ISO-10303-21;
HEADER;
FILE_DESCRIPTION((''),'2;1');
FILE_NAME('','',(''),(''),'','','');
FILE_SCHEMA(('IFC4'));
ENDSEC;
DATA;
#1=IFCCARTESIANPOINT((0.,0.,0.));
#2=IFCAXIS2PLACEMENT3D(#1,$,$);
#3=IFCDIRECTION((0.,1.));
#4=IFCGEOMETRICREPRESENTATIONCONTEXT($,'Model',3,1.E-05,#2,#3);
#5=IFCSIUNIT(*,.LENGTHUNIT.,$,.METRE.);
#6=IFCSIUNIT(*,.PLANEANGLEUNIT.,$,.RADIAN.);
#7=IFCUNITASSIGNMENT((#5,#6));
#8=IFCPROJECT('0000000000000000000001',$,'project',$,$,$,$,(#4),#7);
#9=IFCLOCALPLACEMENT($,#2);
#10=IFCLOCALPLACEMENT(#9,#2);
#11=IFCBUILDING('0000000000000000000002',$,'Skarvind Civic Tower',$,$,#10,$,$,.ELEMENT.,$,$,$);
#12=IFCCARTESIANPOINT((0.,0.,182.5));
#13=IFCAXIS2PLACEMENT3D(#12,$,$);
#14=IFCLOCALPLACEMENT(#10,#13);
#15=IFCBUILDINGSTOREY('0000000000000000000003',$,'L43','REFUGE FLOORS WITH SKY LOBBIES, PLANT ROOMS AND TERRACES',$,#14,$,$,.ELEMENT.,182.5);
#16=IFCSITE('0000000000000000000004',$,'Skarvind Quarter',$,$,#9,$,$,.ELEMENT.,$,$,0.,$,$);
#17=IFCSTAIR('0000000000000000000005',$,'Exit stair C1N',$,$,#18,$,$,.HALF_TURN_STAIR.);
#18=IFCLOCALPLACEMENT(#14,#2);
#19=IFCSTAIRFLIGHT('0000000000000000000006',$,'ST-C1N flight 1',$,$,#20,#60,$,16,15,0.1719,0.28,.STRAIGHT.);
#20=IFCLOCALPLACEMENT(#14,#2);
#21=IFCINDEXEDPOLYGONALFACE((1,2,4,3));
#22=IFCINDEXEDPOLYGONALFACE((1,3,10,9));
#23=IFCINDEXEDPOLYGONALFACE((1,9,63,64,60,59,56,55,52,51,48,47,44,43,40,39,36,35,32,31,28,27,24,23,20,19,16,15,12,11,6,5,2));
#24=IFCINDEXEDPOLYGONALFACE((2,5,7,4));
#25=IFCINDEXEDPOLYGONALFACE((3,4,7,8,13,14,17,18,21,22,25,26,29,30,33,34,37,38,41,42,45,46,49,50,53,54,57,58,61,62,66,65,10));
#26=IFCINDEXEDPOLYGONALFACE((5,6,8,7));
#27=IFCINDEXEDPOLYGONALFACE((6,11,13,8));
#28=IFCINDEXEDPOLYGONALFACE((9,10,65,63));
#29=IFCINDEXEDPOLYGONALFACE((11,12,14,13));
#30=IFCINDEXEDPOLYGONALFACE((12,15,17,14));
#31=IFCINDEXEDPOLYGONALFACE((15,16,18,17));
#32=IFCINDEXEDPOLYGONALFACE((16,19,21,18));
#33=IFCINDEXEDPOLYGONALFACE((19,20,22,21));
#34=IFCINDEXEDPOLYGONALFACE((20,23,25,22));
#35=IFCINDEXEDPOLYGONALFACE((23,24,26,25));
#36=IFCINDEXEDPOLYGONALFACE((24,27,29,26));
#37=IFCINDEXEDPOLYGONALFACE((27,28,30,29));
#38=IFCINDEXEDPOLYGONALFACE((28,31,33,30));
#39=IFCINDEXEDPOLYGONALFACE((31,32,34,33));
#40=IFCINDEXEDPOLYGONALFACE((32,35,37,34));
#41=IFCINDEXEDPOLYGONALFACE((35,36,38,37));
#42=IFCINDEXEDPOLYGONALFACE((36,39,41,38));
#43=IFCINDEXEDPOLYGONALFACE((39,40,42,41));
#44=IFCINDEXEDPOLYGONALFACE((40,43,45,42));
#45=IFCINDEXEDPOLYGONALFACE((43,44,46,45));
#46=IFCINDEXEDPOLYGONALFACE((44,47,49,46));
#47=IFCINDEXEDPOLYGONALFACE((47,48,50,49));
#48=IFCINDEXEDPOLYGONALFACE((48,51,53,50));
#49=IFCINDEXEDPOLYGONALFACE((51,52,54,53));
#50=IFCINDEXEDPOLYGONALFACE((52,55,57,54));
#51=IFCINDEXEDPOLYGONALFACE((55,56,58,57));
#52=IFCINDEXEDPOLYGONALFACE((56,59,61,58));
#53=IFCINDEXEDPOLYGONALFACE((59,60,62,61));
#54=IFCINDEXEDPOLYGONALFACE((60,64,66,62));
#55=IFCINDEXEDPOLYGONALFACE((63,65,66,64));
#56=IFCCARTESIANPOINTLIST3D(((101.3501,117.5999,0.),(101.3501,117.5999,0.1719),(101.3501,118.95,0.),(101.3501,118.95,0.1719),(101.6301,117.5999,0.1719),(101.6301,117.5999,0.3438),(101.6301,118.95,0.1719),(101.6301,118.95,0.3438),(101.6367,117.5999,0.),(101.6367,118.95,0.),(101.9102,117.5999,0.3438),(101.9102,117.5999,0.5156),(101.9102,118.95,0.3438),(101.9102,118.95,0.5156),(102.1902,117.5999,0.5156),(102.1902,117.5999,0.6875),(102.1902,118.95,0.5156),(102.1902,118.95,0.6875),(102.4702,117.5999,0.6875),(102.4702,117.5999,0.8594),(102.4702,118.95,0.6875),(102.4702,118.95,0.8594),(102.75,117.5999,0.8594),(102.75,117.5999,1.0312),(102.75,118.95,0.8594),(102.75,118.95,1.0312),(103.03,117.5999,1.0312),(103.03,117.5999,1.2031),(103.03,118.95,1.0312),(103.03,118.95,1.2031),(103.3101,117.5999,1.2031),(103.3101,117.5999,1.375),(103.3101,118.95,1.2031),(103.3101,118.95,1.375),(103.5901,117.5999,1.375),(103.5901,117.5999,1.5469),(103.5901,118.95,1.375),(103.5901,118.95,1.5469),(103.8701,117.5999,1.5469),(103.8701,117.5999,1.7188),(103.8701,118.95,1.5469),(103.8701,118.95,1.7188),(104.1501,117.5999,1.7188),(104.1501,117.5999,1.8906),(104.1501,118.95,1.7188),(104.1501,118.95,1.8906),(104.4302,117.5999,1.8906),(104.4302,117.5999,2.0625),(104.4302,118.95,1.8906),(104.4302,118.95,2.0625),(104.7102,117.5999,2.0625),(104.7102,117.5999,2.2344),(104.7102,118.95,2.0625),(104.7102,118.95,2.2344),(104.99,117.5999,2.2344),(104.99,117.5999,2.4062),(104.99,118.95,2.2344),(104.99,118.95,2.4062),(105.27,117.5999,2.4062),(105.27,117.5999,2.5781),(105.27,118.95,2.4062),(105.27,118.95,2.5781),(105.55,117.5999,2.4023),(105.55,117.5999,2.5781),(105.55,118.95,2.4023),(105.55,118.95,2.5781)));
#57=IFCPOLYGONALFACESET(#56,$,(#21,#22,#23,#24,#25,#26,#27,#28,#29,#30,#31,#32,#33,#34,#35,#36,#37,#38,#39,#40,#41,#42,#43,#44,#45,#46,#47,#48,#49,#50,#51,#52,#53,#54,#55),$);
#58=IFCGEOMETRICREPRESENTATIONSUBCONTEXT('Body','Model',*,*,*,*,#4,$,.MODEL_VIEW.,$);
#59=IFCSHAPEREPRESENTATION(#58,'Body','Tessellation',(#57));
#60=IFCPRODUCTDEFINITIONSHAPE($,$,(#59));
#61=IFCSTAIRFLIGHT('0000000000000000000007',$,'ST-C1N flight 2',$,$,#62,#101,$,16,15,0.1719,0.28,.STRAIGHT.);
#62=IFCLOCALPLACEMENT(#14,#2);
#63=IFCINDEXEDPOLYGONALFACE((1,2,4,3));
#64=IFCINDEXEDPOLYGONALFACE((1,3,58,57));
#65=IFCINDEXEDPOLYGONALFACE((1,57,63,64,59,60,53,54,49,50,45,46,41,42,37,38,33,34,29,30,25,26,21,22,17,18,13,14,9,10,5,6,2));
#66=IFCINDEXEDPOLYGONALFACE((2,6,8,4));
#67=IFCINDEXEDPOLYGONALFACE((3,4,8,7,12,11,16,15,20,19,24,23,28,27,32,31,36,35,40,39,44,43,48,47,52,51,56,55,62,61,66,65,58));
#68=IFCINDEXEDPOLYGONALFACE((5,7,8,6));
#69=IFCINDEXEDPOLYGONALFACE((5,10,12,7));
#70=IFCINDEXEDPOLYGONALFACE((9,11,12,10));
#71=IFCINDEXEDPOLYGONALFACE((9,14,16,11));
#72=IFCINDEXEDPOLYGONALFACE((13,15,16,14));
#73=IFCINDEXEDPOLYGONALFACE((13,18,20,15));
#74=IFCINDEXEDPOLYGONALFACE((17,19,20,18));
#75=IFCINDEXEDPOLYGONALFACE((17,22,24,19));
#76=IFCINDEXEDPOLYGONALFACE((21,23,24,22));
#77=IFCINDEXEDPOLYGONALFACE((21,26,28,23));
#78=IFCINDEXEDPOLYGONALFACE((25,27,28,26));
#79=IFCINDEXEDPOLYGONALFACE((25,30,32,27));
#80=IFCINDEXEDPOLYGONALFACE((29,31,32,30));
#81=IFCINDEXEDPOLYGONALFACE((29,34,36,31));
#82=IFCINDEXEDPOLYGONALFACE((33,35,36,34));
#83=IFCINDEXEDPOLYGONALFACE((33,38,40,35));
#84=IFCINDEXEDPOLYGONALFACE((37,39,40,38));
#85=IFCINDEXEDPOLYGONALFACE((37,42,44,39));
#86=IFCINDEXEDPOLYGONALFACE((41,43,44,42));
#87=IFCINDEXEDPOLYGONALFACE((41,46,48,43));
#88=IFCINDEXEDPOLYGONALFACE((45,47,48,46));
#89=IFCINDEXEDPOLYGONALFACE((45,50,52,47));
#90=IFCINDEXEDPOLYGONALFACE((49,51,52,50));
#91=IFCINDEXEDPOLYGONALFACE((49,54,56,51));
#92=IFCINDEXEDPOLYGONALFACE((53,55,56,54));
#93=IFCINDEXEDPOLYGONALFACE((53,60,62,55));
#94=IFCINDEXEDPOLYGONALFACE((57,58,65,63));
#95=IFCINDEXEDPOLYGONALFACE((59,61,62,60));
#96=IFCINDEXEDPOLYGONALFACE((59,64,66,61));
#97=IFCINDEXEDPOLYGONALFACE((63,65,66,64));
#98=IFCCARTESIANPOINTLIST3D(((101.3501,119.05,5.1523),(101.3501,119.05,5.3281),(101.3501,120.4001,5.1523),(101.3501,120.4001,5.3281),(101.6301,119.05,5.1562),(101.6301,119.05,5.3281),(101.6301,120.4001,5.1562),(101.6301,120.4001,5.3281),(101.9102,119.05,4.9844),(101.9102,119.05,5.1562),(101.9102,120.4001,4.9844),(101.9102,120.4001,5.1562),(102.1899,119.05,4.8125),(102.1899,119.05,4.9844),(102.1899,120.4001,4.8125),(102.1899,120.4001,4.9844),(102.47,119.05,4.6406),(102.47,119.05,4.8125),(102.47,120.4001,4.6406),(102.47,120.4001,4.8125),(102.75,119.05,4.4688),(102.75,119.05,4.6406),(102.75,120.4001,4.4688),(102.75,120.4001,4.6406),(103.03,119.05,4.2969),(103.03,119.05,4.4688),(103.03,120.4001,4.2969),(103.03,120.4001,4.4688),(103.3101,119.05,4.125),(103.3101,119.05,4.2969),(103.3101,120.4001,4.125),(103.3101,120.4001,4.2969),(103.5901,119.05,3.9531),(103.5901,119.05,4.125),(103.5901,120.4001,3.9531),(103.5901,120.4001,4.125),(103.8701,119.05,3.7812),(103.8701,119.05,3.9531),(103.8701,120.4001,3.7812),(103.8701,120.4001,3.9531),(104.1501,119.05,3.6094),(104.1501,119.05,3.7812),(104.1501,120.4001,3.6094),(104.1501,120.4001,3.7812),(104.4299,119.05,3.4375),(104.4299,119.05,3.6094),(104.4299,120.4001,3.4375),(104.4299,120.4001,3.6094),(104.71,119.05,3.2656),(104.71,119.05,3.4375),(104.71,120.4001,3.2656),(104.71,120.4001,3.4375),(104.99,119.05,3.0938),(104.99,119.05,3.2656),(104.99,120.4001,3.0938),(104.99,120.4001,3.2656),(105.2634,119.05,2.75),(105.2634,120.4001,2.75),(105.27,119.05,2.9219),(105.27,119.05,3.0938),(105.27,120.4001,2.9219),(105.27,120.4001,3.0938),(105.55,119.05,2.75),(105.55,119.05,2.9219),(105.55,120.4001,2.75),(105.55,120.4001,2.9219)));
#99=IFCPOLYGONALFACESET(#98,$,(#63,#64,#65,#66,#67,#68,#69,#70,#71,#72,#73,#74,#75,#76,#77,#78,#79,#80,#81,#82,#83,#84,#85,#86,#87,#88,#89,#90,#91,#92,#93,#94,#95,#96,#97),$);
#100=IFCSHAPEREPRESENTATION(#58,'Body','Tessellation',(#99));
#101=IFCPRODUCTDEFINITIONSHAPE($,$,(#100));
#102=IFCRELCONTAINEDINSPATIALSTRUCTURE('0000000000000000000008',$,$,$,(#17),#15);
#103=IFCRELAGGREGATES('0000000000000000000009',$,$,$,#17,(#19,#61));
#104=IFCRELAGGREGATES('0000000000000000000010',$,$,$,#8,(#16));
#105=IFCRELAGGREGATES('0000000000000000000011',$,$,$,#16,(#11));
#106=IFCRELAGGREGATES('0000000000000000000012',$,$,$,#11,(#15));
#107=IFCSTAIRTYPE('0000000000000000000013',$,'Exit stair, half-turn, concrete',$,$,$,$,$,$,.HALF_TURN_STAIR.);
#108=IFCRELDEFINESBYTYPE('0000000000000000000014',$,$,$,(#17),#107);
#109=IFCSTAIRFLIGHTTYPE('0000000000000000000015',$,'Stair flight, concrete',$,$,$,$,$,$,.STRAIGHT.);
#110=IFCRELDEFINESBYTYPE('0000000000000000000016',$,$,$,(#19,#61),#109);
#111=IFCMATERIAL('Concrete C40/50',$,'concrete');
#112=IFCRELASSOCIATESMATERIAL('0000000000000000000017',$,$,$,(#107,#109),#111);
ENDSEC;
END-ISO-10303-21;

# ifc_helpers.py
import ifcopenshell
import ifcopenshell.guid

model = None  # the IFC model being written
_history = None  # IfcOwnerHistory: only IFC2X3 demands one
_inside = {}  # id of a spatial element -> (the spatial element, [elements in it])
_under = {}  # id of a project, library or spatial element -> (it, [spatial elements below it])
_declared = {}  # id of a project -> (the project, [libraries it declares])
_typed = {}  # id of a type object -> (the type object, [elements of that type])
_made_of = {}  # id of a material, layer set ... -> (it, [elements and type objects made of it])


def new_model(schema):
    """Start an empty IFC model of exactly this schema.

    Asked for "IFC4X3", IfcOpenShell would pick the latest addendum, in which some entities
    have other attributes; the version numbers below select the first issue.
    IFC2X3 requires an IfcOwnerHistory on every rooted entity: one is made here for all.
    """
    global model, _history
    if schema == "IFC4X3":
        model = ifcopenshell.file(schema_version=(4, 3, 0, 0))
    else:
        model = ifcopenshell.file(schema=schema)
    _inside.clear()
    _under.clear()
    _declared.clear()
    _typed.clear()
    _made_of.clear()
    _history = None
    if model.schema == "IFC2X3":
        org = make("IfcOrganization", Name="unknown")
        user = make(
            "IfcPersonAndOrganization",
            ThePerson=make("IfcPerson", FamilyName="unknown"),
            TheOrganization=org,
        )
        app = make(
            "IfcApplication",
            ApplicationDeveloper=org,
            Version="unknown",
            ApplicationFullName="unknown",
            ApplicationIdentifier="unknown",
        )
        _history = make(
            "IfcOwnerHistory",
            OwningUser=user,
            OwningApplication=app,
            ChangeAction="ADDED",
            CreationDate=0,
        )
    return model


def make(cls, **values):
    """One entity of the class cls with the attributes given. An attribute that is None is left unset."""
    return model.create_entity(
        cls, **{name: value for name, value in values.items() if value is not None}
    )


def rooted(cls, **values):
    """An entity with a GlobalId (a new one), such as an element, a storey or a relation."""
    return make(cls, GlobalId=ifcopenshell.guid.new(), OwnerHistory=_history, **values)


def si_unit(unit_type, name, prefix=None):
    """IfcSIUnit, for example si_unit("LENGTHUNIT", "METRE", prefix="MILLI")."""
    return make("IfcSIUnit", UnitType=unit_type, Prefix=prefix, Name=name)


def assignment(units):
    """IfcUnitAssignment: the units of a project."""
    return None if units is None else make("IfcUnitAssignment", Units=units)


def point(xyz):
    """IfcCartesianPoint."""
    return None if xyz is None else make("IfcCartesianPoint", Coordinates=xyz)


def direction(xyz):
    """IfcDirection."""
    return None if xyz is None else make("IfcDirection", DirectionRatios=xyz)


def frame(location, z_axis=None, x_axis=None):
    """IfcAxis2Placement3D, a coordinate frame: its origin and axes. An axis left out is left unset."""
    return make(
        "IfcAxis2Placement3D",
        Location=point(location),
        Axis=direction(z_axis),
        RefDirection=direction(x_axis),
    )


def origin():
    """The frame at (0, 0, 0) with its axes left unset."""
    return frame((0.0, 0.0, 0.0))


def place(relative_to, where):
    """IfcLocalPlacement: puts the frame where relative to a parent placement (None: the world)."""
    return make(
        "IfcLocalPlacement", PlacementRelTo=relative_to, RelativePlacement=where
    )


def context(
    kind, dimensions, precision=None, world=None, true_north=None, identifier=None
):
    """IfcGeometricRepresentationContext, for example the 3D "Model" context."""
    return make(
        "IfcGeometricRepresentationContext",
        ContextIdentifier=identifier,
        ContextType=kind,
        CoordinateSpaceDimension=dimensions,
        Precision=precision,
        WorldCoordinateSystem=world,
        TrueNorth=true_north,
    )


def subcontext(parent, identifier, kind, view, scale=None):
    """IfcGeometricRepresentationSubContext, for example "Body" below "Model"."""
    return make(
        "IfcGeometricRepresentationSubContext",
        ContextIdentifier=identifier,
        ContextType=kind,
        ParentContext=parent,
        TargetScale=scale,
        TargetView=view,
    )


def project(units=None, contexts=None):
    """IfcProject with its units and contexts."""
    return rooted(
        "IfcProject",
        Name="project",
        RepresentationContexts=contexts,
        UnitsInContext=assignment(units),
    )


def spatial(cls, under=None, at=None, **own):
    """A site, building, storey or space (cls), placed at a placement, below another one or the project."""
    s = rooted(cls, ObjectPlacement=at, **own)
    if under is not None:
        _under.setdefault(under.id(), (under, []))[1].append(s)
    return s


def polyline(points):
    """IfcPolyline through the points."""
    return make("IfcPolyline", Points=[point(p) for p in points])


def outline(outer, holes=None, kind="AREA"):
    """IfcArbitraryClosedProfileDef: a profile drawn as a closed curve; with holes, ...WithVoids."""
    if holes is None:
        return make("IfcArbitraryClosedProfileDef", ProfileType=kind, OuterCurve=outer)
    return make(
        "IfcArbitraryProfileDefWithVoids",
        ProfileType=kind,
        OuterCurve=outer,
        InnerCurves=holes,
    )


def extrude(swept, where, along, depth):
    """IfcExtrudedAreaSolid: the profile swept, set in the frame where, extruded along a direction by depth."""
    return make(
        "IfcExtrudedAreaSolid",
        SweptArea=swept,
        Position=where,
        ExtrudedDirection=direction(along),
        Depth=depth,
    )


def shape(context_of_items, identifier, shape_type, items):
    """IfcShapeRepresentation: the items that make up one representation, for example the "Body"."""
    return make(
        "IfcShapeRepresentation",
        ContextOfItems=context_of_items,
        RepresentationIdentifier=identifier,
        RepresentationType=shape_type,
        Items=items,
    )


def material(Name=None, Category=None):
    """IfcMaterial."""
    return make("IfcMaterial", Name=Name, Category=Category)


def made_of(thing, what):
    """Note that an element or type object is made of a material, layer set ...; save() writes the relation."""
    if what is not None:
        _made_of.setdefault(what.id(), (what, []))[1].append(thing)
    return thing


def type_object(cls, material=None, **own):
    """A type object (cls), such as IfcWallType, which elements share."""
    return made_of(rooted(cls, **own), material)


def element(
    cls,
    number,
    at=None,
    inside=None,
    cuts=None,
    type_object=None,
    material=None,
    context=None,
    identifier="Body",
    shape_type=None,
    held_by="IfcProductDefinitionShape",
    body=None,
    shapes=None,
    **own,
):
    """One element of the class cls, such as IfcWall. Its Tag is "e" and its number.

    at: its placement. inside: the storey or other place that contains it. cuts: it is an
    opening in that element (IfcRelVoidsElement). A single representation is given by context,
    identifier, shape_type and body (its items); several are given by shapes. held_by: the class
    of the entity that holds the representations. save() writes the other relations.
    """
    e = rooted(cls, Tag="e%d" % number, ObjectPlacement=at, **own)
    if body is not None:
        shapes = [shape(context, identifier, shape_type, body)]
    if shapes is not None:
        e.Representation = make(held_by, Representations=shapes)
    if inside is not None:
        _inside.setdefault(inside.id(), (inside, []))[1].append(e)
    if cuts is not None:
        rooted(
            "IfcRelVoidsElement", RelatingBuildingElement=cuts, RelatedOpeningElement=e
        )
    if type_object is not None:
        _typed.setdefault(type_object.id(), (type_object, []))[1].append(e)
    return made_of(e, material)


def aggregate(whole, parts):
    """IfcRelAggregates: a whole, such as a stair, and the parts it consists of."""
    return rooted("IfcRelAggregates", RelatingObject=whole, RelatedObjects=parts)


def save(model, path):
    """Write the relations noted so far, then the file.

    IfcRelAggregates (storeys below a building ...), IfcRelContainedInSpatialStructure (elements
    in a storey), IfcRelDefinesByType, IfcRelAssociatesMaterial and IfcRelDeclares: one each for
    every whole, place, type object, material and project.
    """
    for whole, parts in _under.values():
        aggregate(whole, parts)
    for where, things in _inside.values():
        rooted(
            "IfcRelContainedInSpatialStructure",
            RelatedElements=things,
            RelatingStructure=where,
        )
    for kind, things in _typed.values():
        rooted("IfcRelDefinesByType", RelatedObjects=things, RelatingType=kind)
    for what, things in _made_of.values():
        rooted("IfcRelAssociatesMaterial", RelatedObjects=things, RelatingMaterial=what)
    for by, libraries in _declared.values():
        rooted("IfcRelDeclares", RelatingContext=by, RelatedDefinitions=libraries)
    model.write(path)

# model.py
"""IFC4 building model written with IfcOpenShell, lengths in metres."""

from ifc_helpers import new_model, si_unit, direction, frame, origin, place, context, subcontext, project, spatial, polyline, outline, extrude, material, type_object, element, aggregate, save


model = new_model("IFC4")

# Units and contexts
model_context = context("Model", 3, precision=1e-05, world=origin(), true_north=direction((0.0, 1.0)))
body_context = subcontext(model_context, "Body", "Model", "MODEL_VIEW")
ifc_project = project(units=[si_unit("LENGTHUNIT", "METRE"), si_unit("PLANEANGLEUNIT", "RADIAN")], contexts=[model_context])

# Site, building, storey
site_placement = place(None, origin())
site = spatial("IfcSite", under=ifc_project, at=site_placement, Name="Skarvind Quarter", CompositionType="ELEMENT", RefElevation=0.0)
building_placement = place(site_placement, origin())
building = spatial("IfcBuilding", under=site, at=building_placement, Name="Skarvind Civic Tower", CompositionType="ELEMENT")
storey_placement = place(building_placement, frame((0.0, 0.0, 182.5)))
storey = spatial("IfcBuildingStorey", under=building, at=storey_placement, Name="L43", Description="REFUGE FLOORS WITH SKY LOBBIES, PLANT ROOMS AND TERRACES", CompositionType="ELEMENT", Elevation=182.5)

# Stair, stair flights
ifc_material_1 = material(Name="Concrete C40/50", Category="concrete")
stair_type = type_object("IfcStairType", Name="Exit stair, half-turn, concrete", PredefinedType="HALF_TURN_STAIR", material=ifc_material_1)
stair_placement = place(storey_placement, origin())
stair = element("IfcStair", 1, at=stair_placement, inside=storey, type_object=stair_type, Name="Exit stair C1N", PredefinedType="HALF_TURN_STAIR")
stair_flight_type = type_object("IfcStairFlightType", Name="Stair flight, concrete", PredefinedType="STRAIGHT", material=ifc_material_1)
stair_flight_1_placement = place(storey_placement, frame((101.3501, 118.2749, 0.0), z_axis=(0.0, 0.0, 1.0), x_axis=(1.0, 0.0, 0.0)))
stair_flight_1 = element("IfcStairFlight", 2, at=stair_flight_1_placement, type_object=stair_flight_type, Name="ST-C1N flight 1", NumberOfRisers=16, NumberOfTreads=15, PredefinedType="STRAIGHT", RiserHeight=0.1719, TreadLength=0.28, context=body_context, shape_type="SweptSolid", body=[
    extrude(outline(polyline([(0.0, 0.0), (0.0, 0.1719), (0.28, 0.1719), (0.28, 0.3438), (0.5601, 0.3438), (0.5601, 0.5156), (0.8401, 0.5156), (0.8401, 0.6875), (1.1201, 0.6875), (1.1201, 0.8594), (1.3999, 0.8594), (1.3999, 1.0312), (1.6799, 1.0312), (1.6799, 1.2031), (1.96, 1.2031), (1.96, 1.375), (2.24, 1.375), (2.24, 1.5469), (2.52, 1.5469), (2.52, 1.7188), (2.8, 1.7188), (2.8, 1.8906), (3.0801, 1.8906), (3.0801, 2.0625), (3.3601, 2.0625), (3.3601, 2.2344), (3.6399, 2.2344), (3.6399, 2.4062), (3.9199, 2.4062), (3.9199, 2.5781), (4.2, 2.5781), (4.2, 2.75), (4.2, 2.4023), (0.2866, 0.0), (0.0, 0.0)])), frame((0.0, 0.675, 0.0), z_axis=(0.0, -1.0, 0.0), x_axis=(1.0, 0.0, 0.0)), (0.0, 0.0, 1.0), 1.3501),
])
stair_flight_2_placement = place(storey_placement, frame((105.55, 119.7251, 2.75), z_axis=(0.0, 0.0, 1.0), x_axis=(-1.0, 0.0, 0.0)))
stair_flight_2 = element("IfcStairFlight", 3, at=stair_flight_2_placement, type_object=stair_flight_type, Name="ST-C1N flight 2", NumberOfRisers=16, NumberOfTreads=15, PredefinedType="STRAIGHT", RiserHeight=0.1719, TreadLength=0.28, context=body_context, shape_type="SweptSolid", body=[
    extrude(outline(polyline([(0.0, 0.0), (0.0, 0.1719), (0.28, 0.1719), (0.28, 0.3438), (0.5601, 0.3438), (0.5601, 0.5156), (0.8401, 0.5156), (0.8401, 0.6875), (1.1201, 0.6875), (1.1201, 0.8594), (1.3999, 0.8594), (1.3999, 1.0312), (1.6799, 1.0312), (1.6799, 1.2031), (1.96, 1.2031), (1.96, 1.375), (2.24, 1.375), (2.24, 1.5469), (2.52, 1.5469), (2.52, 1.7188), (2.8, 1.7188), (2.8, 1.8906), (3.0801, 1.8906), (3.0801, 2.0625), (3.3601, 2.0625), (3.3601, 2.2344), (3.6399, 2.2344), (3.6399, 2.4062), (3.9199, 2.4062), (3.9199, 2.5781), (4.2, 2.5781), (4.2, 2.75), (4.2, 2.4023), (0.2866, 0.0), (0.0, 0.0)])), frame((0.0, 0.675, 0.0), z_axis=(0.0, -1.0, 0.0), x_axis=(1.0, 0.0, 0.0)), (0.0, 0.0, 1.0), 1.3501),
])
aggregate(stair, [stair_flight_1, stair_flight_2])

save(model, "model.ifc")
